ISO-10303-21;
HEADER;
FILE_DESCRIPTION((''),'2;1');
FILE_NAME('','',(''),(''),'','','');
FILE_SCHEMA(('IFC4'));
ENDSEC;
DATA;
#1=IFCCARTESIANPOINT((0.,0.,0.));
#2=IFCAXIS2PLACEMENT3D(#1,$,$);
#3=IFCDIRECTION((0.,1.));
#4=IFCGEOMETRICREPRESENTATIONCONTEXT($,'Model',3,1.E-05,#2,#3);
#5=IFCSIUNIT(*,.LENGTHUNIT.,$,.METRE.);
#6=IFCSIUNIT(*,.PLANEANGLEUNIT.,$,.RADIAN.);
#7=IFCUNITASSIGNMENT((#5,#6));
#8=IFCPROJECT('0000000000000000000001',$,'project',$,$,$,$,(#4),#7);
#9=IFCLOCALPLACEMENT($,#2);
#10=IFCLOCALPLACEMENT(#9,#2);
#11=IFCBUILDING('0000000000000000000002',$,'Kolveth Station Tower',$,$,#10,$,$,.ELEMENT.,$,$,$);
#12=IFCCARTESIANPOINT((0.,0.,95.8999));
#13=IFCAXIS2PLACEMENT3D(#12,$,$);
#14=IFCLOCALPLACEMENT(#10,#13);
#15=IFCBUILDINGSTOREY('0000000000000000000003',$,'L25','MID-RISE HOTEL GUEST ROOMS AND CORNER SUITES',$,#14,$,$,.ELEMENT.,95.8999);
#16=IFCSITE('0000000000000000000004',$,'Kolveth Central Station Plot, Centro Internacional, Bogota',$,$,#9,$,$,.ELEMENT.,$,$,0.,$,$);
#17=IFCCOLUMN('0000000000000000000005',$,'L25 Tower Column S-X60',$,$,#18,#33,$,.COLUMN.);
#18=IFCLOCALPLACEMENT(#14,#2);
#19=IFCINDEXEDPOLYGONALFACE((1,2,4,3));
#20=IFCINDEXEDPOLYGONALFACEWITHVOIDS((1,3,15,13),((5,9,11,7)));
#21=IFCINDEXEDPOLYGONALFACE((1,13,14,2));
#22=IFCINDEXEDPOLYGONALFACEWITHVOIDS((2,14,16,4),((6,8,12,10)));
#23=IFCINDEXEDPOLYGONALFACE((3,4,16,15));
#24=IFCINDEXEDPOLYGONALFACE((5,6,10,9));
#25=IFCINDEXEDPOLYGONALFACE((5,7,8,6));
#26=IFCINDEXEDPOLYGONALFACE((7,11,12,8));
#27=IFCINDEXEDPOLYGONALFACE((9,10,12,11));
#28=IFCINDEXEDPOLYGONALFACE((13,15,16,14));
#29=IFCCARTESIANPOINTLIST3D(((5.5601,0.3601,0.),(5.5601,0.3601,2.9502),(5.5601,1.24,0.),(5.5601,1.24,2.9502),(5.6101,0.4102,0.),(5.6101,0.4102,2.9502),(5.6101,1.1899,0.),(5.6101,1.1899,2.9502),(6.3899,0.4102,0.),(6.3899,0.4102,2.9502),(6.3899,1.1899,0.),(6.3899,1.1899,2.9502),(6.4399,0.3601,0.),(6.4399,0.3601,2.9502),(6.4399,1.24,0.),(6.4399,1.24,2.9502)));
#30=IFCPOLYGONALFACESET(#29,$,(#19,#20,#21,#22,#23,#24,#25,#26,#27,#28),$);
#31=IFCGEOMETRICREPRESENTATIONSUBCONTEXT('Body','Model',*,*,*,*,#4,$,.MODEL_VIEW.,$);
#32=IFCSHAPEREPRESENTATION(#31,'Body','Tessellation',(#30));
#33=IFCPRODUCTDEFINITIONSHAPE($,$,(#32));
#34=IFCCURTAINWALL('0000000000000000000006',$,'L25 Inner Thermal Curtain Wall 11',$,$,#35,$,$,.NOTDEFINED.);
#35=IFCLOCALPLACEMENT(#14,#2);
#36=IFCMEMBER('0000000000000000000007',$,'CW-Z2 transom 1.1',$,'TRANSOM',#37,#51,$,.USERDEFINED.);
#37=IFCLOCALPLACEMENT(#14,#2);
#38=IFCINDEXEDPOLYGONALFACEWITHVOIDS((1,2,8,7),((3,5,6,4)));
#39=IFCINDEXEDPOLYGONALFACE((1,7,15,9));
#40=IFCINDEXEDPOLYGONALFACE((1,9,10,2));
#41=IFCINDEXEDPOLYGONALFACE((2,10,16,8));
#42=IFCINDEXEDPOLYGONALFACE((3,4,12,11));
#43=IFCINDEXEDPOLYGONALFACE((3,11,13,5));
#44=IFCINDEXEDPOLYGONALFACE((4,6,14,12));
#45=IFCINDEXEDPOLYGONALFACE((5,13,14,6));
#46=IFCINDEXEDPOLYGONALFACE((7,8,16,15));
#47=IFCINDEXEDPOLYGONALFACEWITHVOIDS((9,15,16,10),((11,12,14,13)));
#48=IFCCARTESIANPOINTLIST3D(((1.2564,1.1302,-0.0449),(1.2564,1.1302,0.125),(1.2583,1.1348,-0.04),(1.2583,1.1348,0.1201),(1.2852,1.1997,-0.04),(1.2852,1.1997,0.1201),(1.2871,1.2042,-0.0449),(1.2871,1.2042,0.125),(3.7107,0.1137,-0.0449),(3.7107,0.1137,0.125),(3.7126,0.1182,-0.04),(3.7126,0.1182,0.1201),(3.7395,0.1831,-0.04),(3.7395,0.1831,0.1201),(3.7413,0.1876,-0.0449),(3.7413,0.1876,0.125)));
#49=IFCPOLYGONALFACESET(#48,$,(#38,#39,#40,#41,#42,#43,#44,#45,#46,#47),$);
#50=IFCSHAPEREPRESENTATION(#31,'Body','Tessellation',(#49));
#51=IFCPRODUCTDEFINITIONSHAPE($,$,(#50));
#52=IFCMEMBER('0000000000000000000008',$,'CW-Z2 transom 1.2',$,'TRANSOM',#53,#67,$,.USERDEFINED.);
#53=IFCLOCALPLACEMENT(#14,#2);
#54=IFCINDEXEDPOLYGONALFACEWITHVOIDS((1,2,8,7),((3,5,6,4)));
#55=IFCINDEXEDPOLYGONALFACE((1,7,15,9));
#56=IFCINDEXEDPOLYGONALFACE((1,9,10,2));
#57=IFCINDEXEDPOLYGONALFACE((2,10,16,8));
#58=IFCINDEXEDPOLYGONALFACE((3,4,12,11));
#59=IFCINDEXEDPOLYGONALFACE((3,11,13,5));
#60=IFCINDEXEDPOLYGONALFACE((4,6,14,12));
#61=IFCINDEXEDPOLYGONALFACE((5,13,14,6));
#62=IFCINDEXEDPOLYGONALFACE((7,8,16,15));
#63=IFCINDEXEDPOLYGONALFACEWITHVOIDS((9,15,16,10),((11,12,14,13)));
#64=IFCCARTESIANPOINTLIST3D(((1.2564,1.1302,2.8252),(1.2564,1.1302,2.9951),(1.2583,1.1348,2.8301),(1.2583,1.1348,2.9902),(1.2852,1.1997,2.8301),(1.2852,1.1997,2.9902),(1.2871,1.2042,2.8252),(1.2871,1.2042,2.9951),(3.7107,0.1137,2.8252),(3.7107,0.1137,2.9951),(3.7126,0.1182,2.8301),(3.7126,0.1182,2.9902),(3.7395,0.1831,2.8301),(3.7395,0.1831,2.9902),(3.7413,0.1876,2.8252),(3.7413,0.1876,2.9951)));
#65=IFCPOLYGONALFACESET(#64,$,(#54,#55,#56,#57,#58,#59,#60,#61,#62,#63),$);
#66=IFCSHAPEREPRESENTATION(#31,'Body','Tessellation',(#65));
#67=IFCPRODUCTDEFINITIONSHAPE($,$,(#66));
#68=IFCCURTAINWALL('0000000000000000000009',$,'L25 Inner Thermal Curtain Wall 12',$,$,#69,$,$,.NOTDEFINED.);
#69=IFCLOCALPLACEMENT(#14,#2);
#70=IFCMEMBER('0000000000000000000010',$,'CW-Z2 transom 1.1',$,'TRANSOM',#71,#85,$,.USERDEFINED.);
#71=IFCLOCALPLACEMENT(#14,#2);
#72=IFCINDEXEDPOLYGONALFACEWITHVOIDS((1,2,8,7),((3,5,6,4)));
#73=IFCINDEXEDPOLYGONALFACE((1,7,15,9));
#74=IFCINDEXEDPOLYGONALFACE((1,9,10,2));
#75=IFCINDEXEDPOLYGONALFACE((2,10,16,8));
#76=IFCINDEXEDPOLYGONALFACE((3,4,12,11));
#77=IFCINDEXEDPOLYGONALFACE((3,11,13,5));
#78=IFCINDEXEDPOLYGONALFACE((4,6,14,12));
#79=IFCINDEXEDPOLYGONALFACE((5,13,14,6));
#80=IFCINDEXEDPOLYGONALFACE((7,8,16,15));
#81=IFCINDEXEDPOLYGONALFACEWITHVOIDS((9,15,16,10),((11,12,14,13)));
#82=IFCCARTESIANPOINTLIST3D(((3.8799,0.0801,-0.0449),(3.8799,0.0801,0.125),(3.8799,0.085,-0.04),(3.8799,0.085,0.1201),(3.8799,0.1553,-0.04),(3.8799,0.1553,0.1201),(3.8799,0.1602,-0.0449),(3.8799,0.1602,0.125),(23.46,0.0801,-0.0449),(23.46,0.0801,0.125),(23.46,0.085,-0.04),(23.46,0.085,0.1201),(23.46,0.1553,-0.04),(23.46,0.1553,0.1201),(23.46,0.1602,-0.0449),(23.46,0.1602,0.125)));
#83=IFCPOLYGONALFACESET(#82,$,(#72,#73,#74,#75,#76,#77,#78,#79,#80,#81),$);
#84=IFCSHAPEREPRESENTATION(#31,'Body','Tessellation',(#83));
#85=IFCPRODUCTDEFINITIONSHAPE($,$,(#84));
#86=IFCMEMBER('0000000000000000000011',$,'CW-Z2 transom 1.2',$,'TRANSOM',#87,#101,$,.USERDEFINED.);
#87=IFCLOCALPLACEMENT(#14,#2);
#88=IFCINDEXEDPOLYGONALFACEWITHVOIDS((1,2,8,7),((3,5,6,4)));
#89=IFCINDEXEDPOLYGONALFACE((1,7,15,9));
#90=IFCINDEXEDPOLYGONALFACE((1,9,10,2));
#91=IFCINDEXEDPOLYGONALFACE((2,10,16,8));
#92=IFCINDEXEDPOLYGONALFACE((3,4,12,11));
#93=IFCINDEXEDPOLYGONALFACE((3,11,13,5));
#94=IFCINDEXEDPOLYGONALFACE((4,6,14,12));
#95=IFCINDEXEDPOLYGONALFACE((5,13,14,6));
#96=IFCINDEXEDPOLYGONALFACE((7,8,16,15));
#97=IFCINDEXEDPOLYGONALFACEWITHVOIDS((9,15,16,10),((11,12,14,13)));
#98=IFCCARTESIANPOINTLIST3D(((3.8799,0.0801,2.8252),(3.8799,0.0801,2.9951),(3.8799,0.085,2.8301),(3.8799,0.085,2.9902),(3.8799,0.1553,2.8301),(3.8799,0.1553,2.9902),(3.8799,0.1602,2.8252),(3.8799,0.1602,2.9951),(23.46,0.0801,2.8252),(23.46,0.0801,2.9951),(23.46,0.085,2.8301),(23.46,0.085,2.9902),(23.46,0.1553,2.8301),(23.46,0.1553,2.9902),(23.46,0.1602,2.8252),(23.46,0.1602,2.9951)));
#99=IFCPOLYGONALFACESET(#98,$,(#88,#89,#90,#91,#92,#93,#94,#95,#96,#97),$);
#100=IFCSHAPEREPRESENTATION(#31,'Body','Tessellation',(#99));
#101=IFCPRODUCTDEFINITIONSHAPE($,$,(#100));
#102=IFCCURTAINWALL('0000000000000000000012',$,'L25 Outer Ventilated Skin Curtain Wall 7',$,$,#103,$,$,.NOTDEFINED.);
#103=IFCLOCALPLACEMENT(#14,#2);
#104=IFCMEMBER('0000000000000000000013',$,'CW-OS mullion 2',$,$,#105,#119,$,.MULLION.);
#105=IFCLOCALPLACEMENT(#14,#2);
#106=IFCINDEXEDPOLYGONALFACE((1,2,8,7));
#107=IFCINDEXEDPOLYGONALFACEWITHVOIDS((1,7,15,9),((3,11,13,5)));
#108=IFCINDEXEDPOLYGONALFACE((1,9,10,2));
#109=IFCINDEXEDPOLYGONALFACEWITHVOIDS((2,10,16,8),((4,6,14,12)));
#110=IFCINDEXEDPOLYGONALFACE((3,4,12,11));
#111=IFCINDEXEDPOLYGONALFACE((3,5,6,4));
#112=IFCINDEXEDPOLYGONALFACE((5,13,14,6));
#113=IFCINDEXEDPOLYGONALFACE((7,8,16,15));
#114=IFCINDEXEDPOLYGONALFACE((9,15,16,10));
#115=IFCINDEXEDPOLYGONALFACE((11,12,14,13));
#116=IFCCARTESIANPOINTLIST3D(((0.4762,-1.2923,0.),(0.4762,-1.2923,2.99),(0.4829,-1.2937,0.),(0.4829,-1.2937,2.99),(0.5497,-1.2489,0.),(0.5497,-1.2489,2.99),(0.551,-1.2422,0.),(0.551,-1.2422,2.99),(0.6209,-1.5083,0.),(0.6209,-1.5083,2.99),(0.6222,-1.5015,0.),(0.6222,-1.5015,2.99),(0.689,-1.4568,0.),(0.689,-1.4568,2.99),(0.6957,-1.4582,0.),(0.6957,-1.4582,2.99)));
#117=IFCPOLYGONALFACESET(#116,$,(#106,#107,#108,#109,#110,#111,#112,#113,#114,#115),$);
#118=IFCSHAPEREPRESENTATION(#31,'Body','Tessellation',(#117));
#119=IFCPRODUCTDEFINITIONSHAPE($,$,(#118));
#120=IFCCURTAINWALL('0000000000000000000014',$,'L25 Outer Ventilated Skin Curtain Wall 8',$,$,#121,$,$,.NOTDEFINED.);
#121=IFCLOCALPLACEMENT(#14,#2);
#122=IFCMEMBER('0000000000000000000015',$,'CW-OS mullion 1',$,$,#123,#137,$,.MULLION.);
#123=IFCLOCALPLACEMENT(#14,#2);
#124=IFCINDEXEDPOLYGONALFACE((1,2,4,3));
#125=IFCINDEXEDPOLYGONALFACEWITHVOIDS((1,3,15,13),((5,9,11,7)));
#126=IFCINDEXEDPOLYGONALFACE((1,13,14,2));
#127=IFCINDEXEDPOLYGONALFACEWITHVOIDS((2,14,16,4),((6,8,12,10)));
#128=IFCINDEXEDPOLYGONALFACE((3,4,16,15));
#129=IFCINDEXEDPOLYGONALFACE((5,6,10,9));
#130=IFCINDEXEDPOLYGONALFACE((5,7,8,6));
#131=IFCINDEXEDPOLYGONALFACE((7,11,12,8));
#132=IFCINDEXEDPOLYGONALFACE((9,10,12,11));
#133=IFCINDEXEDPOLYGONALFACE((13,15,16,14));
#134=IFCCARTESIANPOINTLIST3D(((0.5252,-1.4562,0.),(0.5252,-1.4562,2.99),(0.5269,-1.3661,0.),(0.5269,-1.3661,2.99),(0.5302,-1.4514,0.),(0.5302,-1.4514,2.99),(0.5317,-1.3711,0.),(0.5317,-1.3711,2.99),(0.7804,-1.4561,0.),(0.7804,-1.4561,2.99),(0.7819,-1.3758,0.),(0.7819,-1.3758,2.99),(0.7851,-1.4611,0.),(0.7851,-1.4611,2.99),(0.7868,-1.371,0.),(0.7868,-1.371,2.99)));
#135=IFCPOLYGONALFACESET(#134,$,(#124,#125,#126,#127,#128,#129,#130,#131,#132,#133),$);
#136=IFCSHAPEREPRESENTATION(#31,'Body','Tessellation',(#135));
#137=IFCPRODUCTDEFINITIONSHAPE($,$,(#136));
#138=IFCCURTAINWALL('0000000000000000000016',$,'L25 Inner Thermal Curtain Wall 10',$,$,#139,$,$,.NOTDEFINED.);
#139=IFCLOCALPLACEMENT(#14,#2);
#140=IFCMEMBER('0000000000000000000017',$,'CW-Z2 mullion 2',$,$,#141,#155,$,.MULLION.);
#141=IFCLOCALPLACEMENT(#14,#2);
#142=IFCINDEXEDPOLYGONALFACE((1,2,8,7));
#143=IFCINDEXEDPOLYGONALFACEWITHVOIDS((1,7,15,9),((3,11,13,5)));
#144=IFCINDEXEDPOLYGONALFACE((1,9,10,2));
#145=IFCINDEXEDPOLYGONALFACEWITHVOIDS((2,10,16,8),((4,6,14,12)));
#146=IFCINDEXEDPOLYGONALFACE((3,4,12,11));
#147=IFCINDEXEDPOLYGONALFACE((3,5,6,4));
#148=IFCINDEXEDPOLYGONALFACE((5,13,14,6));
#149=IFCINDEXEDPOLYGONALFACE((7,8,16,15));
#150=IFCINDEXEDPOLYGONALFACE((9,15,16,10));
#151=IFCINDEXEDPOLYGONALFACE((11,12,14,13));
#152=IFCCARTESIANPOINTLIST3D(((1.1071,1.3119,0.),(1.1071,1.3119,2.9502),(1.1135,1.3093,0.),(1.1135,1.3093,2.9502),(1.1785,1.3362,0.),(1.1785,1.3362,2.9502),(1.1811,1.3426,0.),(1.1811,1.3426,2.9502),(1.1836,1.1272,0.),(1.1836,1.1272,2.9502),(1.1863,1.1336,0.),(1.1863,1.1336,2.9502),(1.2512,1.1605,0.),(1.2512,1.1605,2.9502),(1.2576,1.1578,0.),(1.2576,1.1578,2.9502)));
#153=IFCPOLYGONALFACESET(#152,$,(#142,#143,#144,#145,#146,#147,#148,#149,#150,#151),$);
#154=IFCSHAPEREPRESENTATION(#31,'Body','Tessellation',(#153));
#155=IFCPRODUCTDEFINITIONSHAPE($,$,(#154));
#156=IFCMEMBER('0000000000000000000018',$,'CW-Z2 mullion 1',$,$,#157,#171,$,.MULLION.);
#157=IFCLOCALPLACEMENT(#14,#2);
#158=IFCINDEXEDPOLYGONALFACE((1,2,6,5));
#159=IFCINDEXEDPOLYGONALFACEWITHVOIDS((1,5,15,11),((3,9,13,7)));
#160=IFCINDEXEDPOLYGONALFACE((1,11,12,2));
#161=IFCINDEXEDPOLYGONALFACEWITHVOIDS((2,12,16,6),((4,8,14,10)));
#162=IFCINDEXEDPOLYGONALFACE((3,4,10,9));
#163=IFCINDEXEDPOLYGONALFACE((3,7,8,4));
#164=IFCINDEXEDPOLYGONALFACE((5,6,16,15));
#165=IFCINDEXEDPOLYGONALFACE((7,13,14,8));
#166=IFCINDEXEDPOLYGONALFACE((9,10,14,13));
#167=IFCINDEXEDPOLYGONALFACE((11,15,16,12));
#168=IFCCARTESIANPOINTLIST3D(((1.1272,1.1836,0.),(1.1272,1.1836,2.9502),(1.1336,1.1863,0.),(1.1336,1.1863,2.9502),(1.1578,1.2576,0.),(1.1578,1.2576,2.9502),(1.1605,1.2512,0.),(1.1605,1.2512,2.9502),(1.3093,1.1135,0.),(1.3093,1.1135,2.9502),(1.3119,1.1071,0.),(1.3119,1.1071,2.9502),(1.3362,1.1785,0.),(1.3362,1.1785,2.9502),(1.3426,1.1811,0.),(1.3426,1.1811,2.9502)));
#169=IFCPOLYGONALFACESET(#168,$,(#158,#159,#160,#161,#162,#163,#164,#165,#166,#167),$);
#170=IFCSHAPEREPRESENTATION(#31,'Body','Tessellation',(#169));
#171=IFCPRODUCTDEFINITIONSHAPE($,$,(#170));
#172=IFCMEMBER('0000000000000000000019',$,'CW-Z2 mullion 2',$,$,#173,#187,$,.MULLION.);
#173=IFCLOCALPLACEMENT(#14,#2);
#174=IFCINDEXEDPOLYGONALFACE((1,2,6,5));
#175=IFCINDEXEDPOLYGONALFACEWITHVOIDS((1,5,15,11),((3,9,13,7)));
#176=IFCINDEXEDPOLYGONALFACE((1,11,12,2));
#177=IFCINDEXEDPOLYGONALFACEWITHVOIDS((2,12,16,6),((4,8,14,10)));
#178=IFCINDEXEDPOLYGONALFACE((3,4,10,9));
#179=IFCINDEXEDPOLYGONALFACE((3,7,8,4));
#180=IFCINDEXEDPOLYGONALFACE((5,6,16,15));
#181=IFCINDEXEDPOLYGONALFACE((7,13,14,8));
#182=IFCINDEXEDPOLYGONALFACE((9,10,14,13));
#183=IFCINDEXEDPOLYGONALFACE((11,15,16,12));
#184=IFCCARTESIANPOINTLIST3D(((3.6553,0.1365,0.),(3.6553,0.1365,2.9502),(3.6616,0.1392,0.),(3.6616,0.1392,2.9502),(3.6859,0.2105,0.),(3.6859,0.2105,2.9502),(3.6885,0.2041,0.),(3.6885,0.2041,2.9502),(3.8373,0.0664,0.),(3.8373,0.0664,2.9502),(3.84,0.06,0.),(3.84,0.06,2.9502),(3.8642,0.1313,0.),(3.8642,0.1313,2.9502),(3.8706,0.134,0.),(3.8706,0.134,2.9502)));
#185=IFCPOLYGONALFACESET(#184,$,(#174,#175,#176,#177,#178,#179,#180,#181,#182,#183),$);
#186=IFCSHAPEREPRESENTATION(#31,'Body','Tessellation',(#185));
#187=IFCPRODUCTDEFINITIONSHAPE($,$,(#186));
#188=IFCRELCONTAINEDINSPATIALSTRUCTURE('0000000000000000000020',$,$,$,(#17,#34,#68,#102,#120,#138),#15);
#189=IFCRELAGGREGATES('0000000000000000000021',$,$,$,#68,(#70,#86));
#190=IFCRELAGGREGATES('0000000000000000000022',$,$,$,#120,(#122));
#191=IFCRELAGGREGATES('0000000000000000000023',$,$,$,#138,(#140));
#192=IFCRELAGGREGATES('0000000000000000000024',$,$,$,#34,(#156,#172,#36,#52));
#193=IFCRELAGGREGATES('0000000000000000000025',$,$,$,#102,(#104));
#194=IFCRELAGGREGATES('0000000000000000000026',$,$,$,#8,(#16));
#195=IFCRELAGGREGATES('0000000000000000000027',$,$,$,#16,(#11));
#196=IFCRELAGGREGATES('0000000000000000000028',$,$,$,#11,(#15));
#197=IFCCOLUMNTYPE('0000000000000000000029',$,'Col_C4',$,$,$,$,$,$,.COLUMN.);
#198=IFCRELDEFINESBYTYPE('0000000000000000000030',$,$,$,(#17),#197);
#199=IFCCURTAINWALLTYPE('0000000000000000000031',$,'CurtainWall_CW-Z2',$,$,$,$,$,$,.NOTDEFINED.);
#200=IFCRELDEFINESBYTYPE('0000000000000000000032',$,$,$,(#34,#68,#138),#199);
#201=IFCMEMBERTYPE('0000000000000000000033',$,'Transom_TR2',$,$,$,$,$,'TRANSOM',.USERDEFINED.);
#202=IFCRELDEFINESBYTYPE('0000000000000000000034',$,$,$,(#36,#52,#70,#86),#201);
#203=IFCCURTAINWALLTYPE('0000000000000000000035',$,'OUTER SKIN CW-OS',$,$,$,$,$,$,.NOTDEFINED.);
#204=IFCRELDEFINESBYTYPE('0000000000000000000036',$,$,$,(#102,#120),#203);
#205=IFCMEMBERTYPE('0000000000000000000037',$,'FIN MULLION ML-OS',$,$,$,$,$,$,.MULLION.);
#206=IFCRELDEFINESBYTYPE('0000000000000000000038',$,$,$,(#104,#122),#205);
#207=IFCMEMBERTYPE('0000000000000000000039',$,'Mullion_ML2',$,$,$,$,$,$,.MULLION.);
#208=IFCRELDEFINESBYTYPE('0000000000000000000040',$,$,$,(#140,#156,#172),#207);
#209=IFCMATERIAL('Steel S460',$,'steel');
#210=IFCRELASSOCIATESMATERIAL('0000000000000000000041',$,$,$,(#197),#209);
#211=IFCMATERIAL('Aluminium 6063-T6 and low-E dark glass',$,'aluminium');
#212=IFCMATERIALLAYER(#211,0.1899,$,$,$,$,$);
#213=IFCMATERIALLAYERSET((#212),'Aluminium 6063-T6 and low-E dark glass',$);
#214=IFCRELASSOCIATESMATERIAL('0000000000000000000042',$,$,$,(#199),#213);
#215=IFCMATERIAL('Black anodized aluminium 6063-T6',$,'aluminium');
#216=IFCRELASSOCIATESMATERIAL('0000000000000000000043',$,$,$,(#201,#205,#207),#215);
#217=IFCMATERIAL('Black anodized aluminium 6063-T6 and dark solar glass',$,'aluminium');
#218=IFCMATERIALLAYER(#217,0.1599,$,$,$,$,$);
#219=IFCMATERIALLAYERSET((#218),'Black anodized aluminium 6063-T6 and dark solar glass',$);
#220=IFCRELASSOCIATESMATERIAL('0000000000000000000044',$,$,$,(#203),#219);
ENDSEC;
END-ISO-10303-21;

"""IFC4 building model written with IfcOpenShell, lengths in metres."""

from ifc_helpers import new_model, si_unit, direction, frame, origin, origin_2d, place, context, subcontext, project, spatial, hollow_rectangle, extrude, source, transform, mapped, material, layer, layer_set, material_profile, profile_set, type_object, element, aggregate, save


model = new_model("IFC4")

# Units and contexts
model_context = context("Model", 3, precision=1e-05, world=origin(), true_north=direction((0.0, 1.0)))
body_context = subcontext(model_context, "Body", "Model", "MODEL_VIEW")
ifc_project = project(units=[si_unit("LENGTHUNIT", "METRE"), si_unit("PLANEANGLEUNIT", "RADIAN")], contexts=[model_context])

# Site, building, storey
site_placement = place(None, origin())
site = spatial("IfcSite", under=ifc_project, at=site_placement, Name="Kolveth Central Station Plot, Centro Internacional, Bogota", CompositionType="ELEMENT", RefElevation=0.0)
building_placement = place(site_placement, origin())
building = spatial("IfcBuilding", under=site, at=building_placement, Name="Kolveth Station Tower", CompositionType="ELEMENT")
storey_placement = place(building_placement, frame((0.0, 0.0, 95.8999)))
storey = spatial("IfcBuildingStorey", under=building, at=storey_placement, Name="L25", Description="MID-RISE HOTEL GUEST ROOMS AND CORNER SUITES", CompositionType="ELEMENT", Elevation=95.8999)

# Column
ifc_material_1 = material(Name="Steel S460", Category="steel")
ifc_material_profile_1 = material_profile(ifc_material_1, hollow_rectangle(XDim=0.8799, YDim=0.8799, WallThickness=0.05, at=origin_2d()), Name="BOX880x880x50")
ifc_profile_set_1 = profile_set([ifc_material_profile_1], Name="Steel S460")
column_type = type_object("IfcColumnType", Name="Col_C4", PredefinedType="COLUMN", material=ifc_profile_set_1)
shared_shape_1 = source(origin(), body_context, "Body", "SweptSolid", [
    extrude(hollow_rectangle(XDim=0.8799, YDim=0.8799, WallThickness=0.05, at=origin_2d()), origin(), (0.0, 0.0, 1.0), 2.9502),
])
column_placement = place(storey_placement, frame((6.0, 0.8, 0.0), z_axis=(0.0, 0.0, 1.0), x_axis=(1.0, 0.0, 0.0)))
element("IfcColumn", 1, at=column_placement, inside=storey, type_object=column_type, Name="L25 Tower Column S-X60", PredefinedType="COLUMN", context=body_context, shape_type="MappedRepresentation", body=[
    mapped(shared_shape_1, transform((0.0, 0.0, 0.0), x_axis=(1.0, 0.0, 0.0), y_axis=(0.0, 1.0, 0.0), z_axis=(0.0, 0.0, 1.0), scale=1.0)),
])

# Curtain walls, members
ifc_material_2 = material(Name="Aluminium 6063-T6 and low-E dark glass", Category="aluminium")
ifc_layer_1 = layer(ifc_material_2, 0.1899)
ifc_layer_set_1 = layer_set([ifc_layer_1], Name="Aluminium 6063-T6 and low-E dark glass")
curtain_wall_type_1 = type_object("IfcCurtainWallType", Name="CurtainWall_CW-Z2", PredefinedType="NOTDEFINED", material=ifc_layer_set_1)
curtain_wall_1_placement = place(storey_placement, origin())
curtain_wall_1 = element("IfcCurtainWall", 2, at=curtain_wall_1_placement, inside=storey, type_object=curtain_wall_type_1, Name="L25 Inner Thermal Curtain Wall 11", PredefinedType="NOTDEFINED")
ifc_material_3 = material(Name="Black anodized aluminium 6063-T6", Category="aluminium")
ifc_material_profile_2 = material_profile(ifc_material_3, hollow_rectangle(XDim=0.0801, YDim=0.1699, WallThickness=0.0049, at=origin_2d()), Name="ALU-80x170x5")
ifc_profile_set_2 = profile_set([ifc_material_profile_2], Name="Black anodized aluminium 6063-T6")
member_type_1 = type_object("IfcMemberType", Name="Transom_TR2", ElementType="TRANSOM", PredefinedType="USERDEFINED", material=ifc_profile_set_2)
shared_shape_2 = source(origin(), body_context, "Body", "SweptSolid", [
    extrude(hollow_rectangle(XDim=0.0801, YDim=0.1699, WallThickness=0.0049, at=origin_2d()), origin(), (0.0, 0.0, 1.0), 2.6565),
])
member_1_placement = place(storey_placement, frame((1.2717, 1.1672, 0.04), z_axis=(0.923882, -0.382676, 0.0), x_axis=(0.382676, 0.923882, 0.0)))
member_1 = element("IfcMember", 3, at=member_1_placement, type_object=member_type_1, Name="CW-Z2 transom 1.1", ObjectType="TRANSOM", PredefinedType="USERDEFINED", context=body_context, shape_type="MappedRepresentation", body=[
    mapped(shared_shape_2, transform((0.0, 0.0, 0.0), x_axis=(1.0, 0.0, 0.0), y_axis=(0.0, 1.0, 0.0), z_axis=(0.0, 0.0, 1.0), scale=1.0)),
])
member_2_placement = place(storey_placement, frame((1.2717, 1.1672, 2.9102), z_axis=(0.923882, -0.382676, 0.0), x_axis=(0.382676, 0.923882, 0.0)))
member_2 = element("IfcMember", 4, at=member_2_placement, type_object=member_type_1, Name="CW-Z2 transom 1.2", ObjectType="TRANSOM", PredefinedType="USERDEFINED", context=body_context, shape_type="MappedRepresentation", body=[
    mapped(shared_shape_2, transform((0.0, 0.0, 0.0), x_axis=(1.0, 0.0, 0.0), y_axis=(0.0, 1.0, 0.0), z_axis=(0.0, 0.0, 1.0), scale=1.0)),
])
curtain_wall_2_placement = place(storey_placement, origin())
curtain_wall_2 = element("IfcCurtainWall", 5, at=curtain_wall_2_placement, inside=storey, type_object=curtain_wall_type_1, Name="L25 Inner Thermal Curtain Wall 12", PredefinedType="NOTDEFINED")
shared_shape_3 = source(origin(), body_context, "Body", "SweptSolid", [
    extrude(hollow_rectangle(XDim=0.0801, YDim=0.1699, WallThickness=0.0049, at=origin_2d()), origin(), (0.0, 0.0, 1.0), 19.5801),
])
member_3_placement = place(storey_placement, frame((3.8799, 0.1201, 0.04), z_axis=(1.0, 0.0, 0.0), x_axis=(0.0, 1.0, 0.0)))
member_3 = element("IfcMember", 6, at=member_3_placement, type_object=member_type_1, Name="CW-Z2 transom 1.1", ObjectType="TRANSOM", PredefinedType="USERDEFINED", context=body_context, shape_type="MappedRepresentation", body=[
    mapped(shared_shape_3, transform((0.0, 0.0, 0.0), x_axis=(1.0, 0.0, 0.0), y_axis=(0.0, 1.0, 0.0), z_axis=(0.0, 0.0, 1.0), scale=1.0)),
])
member_4_placement = place(storey_placement, frame((3.8799, 0.1201, 2.9102), z_axis=(1.0, 0.0, 0.0), x_axis=(0.0, 1.0, 0.0)))
member_4 = element("IfcMember", 7, at=member_4_placement, type_object=member_type_1, Name="CW-Z2 transom 1.2", ObjectType="TRANSOM", PredefinedType="USERDEFINED", context=body_context, shape_type="MappedRepresentation", body=[
    mapped(shared_shape_3, transform((0.0, 0.0, 0.0), x_axis=(1.0, 0.0, 0.0), y_axis=(0.0, 1.0, 0.0), z_axis=(0.0, 0.0, 1.0), scale=1.0)),
])

# Curtain walls, members
ifc_material_4 = material(Name="Black anodized aluminium 6063-T6 and dark solar glass", Category="aluminium")
ifc_layer_2 = layer(ifc_material_4, 0.1599)
ifc_layer_set_2 = layer_set([ifc_layer_2], Name="Black anodized aluminium 6063-T6 and dark solar glass")
curtain_wall_type_2 = type_object("IfcCurtainWallType", Name="OUTER SKIN CW-OS", PredefinedType="NOTDEFINED", material=ifc_layer_set_2)
curtain_wall_3_placement = place(storey_placement, origin())
curtain_wall_3 = element("IfcCurtainWall", 8, at=curtain_wall_3_placement, inside=storey, type_object=curtain_wall_type_2, Name="L25 Outer Ventilated Skin Curtain Wall 7", PredefinedType="NOTDEFINED")
ifc_material_profile_3 = material_profile(ifc_material_3, hollow_rectangle(XDim=0.0901, YDim=0.26, WallThickness=0.0049, at=origin_2d()), Name="ALU-90x260x5")
ifc_profile_set_3 = profile_set([ifc_material_profile_3], Name="Black anodized aluminium 6063-T6")
member_type_2 = type_object("IfcMemberType", Name="FIN MULLION ML-OS", PredefinedType="MULLION", material=ifc_profile_set_3)
shared_shape_4 = source(origin(), body_context, "Body", "SweptSolid", [
    extrude(hollow_rectangle(XDim=0.0901, YDim=0.26, WallThickness=0.0049, at=origin_2d()), origin(), (0.0, 0.0, 1.0), 2.99),
])
member_5_placement = place(storey_placement, frame((0.5859, -1.3752, 0.0), z_axis=(0.0, 0.0, 1.0), x_axis=(0.830746, 0.556652, 0.0)))
member_5 = element("IfcMember", 9, at=member_5_placement, type_object=member_type_2, Name="CW-OS mullion 2", PredefinedType="MULLION", context=body_context, shape_type="MappedRepresentation", body=[
    mapped(shared_shape_4, transform((0.0, 0.0, 0.0), x_axis=(1.0, 0.0, 0.0), y_axis=(0.0, 1.0, 0.0), z_axis=(0.0, 0.0, 1.0), scale=1.0)),
])
curtain_wall_4_placement = place(storey_placement, origin())
curtain_wall_4 = element("IfcCurtainWall", 10, at=curtain_wall_4_placement, inside=storey, type_object=curtain_wall_type_2, Name="L25 Outer Ventilated Skin Curtain Wall 8", PredefinedType="NOTDEFINED")
member_6_placement = place(storey_placement, frame((0.656, -1.4136, 0.0), z_axis=(0.0, 0.0, 1.0), x_axis=(0.018786, 0.999824, 0.0)))
member_6 = element("IfcMember", 11, at=member_6_placement, type_object=member_type_2, Name="CW-OS mullion 1", PredefinedType="MULLION", context=body_context, shape_type="MappedRepresentation", body=[
    mapped(shared_shape_4, transform((0.0, 0.0, 0.0), x_axis=(1.0, 0.0, 0.0), y_axis=(0.0, 1.0, 0.0), z_axis=(0.0, 0.0, 1.0), scale=1.0)),
])
curtain_wall_5_placement = place(storey_placement, origin())
curtain_wall_5 = element("IfcCurtainWall", 12, at=curtain_wall_5_placement, inside=storey, type_object=curtain_wall_type_1, Name="L25 Inner Thermal Curtain Wall 10", PredefinedType="NOTDEFINED")
ifc_material_profile_4 = material_profile(ifc_material_3, hollow_rectangle(XDim=0.0801, YDim=0.2, WallThickness=0.0049, at=origin_2d()), Name="ALU-80x200x5")
ifc_profile_set_4 = profile_set([ifc_material_profile_4], Name="Black anodized aluminium 6063-T6")
member_type_3 = type_object("IfcMemberType", Name="Mullion_ML2", PredefinedType="MULLION", material=ifc_profile_set_4)
shared_shape_5 = source(origin(), body_context, "Body", "SweptSolid", [
    extrude(hollow_rectangle(XDim=0.0801, YDim=0.2, WallThickness=0.0049, at=origin_2d()), origin(), (0.0, 0.0, 1.0), 2.9502),
])
member_7_placement = place(storey_placement, frame((1.1824, 1.2349, 0.0), z_axis=(0.0, 0.0, 1.0), x_axis=(0.923888, 0.382663, 0.0)))
member_7 = element("IfcMember", 13, at=member_7_placement, type_object=member_type_3, Name="CW-Z2 mullion 2", PredefinedType="MULLION", context=body_context, shape_type="MappedRepresentation", body=[
    mapped(shared_shape_5, transform((0.0, 0.0, 0.0), x_axis=(1.0, 0.0, 0.0), y_axis=(0.0, 1.0, 0.0), z_axis=(0.0, 0.0, 1.0), scale=1.0)),
])

# Members
member_8_placement = place(storey_placement, frame((1.2349, 1.1824, 0.0), z_axis=(0.0, 0.0, 1.0), x_axis=(0.382663, 0.923888, 0.0)))
member_8 = element("IfcMember", 14, at=member_8_placement, type_object=member_type_3, Name="CW-Z2 mullion 1", PredefinedType="MULLION", context=body_context, shape_type="MappedRepresentation", body=[
    mapped(shared_shape_5, transform((0.0, 0.0, 0.0), x_axis=(1.0, 0.0, 0.0), y_axis=(0.0, 1.0, 0.0), z_axis=(0.0, 0.0, 1.0), scale=1.0)),
])
member_9_placement = place(storey_placement, frame((3.7629, 0.1353, 0.0), z_axis=(0.0, 0.0, 1.0), x_axis=(0.382663, 0.923888, 0.0)))
member_9 = element("IfcMember", 15, at=member_9_placement, type_object=member_type_3, Name="CW-Z2 mullion 2", PredefinedType="MULLION", context=body_context, shape_type="MappedRepresentation", body=[
    mapped(shared_shape_5, transform((0.0, 0.0, 0.0), x_axis=(1.0, 0.0, 0.0), y_axis=(0.0, 1.0, 0.0), z_axis=(0.0, 0.0, 1.0), scale=1.0)),
])
aggregate(curtain_wall_2, [member_3, member_4])
aggregate(curtain_wall_4, [member_6])

aggregate(curtain_wall_5, [member_7])
aggregate(curtain_wall_1, [member_8, member_9, member_1, member_2])
aggregate(curtain_wall_3, [member_5])

save(model, "model.ifc")
